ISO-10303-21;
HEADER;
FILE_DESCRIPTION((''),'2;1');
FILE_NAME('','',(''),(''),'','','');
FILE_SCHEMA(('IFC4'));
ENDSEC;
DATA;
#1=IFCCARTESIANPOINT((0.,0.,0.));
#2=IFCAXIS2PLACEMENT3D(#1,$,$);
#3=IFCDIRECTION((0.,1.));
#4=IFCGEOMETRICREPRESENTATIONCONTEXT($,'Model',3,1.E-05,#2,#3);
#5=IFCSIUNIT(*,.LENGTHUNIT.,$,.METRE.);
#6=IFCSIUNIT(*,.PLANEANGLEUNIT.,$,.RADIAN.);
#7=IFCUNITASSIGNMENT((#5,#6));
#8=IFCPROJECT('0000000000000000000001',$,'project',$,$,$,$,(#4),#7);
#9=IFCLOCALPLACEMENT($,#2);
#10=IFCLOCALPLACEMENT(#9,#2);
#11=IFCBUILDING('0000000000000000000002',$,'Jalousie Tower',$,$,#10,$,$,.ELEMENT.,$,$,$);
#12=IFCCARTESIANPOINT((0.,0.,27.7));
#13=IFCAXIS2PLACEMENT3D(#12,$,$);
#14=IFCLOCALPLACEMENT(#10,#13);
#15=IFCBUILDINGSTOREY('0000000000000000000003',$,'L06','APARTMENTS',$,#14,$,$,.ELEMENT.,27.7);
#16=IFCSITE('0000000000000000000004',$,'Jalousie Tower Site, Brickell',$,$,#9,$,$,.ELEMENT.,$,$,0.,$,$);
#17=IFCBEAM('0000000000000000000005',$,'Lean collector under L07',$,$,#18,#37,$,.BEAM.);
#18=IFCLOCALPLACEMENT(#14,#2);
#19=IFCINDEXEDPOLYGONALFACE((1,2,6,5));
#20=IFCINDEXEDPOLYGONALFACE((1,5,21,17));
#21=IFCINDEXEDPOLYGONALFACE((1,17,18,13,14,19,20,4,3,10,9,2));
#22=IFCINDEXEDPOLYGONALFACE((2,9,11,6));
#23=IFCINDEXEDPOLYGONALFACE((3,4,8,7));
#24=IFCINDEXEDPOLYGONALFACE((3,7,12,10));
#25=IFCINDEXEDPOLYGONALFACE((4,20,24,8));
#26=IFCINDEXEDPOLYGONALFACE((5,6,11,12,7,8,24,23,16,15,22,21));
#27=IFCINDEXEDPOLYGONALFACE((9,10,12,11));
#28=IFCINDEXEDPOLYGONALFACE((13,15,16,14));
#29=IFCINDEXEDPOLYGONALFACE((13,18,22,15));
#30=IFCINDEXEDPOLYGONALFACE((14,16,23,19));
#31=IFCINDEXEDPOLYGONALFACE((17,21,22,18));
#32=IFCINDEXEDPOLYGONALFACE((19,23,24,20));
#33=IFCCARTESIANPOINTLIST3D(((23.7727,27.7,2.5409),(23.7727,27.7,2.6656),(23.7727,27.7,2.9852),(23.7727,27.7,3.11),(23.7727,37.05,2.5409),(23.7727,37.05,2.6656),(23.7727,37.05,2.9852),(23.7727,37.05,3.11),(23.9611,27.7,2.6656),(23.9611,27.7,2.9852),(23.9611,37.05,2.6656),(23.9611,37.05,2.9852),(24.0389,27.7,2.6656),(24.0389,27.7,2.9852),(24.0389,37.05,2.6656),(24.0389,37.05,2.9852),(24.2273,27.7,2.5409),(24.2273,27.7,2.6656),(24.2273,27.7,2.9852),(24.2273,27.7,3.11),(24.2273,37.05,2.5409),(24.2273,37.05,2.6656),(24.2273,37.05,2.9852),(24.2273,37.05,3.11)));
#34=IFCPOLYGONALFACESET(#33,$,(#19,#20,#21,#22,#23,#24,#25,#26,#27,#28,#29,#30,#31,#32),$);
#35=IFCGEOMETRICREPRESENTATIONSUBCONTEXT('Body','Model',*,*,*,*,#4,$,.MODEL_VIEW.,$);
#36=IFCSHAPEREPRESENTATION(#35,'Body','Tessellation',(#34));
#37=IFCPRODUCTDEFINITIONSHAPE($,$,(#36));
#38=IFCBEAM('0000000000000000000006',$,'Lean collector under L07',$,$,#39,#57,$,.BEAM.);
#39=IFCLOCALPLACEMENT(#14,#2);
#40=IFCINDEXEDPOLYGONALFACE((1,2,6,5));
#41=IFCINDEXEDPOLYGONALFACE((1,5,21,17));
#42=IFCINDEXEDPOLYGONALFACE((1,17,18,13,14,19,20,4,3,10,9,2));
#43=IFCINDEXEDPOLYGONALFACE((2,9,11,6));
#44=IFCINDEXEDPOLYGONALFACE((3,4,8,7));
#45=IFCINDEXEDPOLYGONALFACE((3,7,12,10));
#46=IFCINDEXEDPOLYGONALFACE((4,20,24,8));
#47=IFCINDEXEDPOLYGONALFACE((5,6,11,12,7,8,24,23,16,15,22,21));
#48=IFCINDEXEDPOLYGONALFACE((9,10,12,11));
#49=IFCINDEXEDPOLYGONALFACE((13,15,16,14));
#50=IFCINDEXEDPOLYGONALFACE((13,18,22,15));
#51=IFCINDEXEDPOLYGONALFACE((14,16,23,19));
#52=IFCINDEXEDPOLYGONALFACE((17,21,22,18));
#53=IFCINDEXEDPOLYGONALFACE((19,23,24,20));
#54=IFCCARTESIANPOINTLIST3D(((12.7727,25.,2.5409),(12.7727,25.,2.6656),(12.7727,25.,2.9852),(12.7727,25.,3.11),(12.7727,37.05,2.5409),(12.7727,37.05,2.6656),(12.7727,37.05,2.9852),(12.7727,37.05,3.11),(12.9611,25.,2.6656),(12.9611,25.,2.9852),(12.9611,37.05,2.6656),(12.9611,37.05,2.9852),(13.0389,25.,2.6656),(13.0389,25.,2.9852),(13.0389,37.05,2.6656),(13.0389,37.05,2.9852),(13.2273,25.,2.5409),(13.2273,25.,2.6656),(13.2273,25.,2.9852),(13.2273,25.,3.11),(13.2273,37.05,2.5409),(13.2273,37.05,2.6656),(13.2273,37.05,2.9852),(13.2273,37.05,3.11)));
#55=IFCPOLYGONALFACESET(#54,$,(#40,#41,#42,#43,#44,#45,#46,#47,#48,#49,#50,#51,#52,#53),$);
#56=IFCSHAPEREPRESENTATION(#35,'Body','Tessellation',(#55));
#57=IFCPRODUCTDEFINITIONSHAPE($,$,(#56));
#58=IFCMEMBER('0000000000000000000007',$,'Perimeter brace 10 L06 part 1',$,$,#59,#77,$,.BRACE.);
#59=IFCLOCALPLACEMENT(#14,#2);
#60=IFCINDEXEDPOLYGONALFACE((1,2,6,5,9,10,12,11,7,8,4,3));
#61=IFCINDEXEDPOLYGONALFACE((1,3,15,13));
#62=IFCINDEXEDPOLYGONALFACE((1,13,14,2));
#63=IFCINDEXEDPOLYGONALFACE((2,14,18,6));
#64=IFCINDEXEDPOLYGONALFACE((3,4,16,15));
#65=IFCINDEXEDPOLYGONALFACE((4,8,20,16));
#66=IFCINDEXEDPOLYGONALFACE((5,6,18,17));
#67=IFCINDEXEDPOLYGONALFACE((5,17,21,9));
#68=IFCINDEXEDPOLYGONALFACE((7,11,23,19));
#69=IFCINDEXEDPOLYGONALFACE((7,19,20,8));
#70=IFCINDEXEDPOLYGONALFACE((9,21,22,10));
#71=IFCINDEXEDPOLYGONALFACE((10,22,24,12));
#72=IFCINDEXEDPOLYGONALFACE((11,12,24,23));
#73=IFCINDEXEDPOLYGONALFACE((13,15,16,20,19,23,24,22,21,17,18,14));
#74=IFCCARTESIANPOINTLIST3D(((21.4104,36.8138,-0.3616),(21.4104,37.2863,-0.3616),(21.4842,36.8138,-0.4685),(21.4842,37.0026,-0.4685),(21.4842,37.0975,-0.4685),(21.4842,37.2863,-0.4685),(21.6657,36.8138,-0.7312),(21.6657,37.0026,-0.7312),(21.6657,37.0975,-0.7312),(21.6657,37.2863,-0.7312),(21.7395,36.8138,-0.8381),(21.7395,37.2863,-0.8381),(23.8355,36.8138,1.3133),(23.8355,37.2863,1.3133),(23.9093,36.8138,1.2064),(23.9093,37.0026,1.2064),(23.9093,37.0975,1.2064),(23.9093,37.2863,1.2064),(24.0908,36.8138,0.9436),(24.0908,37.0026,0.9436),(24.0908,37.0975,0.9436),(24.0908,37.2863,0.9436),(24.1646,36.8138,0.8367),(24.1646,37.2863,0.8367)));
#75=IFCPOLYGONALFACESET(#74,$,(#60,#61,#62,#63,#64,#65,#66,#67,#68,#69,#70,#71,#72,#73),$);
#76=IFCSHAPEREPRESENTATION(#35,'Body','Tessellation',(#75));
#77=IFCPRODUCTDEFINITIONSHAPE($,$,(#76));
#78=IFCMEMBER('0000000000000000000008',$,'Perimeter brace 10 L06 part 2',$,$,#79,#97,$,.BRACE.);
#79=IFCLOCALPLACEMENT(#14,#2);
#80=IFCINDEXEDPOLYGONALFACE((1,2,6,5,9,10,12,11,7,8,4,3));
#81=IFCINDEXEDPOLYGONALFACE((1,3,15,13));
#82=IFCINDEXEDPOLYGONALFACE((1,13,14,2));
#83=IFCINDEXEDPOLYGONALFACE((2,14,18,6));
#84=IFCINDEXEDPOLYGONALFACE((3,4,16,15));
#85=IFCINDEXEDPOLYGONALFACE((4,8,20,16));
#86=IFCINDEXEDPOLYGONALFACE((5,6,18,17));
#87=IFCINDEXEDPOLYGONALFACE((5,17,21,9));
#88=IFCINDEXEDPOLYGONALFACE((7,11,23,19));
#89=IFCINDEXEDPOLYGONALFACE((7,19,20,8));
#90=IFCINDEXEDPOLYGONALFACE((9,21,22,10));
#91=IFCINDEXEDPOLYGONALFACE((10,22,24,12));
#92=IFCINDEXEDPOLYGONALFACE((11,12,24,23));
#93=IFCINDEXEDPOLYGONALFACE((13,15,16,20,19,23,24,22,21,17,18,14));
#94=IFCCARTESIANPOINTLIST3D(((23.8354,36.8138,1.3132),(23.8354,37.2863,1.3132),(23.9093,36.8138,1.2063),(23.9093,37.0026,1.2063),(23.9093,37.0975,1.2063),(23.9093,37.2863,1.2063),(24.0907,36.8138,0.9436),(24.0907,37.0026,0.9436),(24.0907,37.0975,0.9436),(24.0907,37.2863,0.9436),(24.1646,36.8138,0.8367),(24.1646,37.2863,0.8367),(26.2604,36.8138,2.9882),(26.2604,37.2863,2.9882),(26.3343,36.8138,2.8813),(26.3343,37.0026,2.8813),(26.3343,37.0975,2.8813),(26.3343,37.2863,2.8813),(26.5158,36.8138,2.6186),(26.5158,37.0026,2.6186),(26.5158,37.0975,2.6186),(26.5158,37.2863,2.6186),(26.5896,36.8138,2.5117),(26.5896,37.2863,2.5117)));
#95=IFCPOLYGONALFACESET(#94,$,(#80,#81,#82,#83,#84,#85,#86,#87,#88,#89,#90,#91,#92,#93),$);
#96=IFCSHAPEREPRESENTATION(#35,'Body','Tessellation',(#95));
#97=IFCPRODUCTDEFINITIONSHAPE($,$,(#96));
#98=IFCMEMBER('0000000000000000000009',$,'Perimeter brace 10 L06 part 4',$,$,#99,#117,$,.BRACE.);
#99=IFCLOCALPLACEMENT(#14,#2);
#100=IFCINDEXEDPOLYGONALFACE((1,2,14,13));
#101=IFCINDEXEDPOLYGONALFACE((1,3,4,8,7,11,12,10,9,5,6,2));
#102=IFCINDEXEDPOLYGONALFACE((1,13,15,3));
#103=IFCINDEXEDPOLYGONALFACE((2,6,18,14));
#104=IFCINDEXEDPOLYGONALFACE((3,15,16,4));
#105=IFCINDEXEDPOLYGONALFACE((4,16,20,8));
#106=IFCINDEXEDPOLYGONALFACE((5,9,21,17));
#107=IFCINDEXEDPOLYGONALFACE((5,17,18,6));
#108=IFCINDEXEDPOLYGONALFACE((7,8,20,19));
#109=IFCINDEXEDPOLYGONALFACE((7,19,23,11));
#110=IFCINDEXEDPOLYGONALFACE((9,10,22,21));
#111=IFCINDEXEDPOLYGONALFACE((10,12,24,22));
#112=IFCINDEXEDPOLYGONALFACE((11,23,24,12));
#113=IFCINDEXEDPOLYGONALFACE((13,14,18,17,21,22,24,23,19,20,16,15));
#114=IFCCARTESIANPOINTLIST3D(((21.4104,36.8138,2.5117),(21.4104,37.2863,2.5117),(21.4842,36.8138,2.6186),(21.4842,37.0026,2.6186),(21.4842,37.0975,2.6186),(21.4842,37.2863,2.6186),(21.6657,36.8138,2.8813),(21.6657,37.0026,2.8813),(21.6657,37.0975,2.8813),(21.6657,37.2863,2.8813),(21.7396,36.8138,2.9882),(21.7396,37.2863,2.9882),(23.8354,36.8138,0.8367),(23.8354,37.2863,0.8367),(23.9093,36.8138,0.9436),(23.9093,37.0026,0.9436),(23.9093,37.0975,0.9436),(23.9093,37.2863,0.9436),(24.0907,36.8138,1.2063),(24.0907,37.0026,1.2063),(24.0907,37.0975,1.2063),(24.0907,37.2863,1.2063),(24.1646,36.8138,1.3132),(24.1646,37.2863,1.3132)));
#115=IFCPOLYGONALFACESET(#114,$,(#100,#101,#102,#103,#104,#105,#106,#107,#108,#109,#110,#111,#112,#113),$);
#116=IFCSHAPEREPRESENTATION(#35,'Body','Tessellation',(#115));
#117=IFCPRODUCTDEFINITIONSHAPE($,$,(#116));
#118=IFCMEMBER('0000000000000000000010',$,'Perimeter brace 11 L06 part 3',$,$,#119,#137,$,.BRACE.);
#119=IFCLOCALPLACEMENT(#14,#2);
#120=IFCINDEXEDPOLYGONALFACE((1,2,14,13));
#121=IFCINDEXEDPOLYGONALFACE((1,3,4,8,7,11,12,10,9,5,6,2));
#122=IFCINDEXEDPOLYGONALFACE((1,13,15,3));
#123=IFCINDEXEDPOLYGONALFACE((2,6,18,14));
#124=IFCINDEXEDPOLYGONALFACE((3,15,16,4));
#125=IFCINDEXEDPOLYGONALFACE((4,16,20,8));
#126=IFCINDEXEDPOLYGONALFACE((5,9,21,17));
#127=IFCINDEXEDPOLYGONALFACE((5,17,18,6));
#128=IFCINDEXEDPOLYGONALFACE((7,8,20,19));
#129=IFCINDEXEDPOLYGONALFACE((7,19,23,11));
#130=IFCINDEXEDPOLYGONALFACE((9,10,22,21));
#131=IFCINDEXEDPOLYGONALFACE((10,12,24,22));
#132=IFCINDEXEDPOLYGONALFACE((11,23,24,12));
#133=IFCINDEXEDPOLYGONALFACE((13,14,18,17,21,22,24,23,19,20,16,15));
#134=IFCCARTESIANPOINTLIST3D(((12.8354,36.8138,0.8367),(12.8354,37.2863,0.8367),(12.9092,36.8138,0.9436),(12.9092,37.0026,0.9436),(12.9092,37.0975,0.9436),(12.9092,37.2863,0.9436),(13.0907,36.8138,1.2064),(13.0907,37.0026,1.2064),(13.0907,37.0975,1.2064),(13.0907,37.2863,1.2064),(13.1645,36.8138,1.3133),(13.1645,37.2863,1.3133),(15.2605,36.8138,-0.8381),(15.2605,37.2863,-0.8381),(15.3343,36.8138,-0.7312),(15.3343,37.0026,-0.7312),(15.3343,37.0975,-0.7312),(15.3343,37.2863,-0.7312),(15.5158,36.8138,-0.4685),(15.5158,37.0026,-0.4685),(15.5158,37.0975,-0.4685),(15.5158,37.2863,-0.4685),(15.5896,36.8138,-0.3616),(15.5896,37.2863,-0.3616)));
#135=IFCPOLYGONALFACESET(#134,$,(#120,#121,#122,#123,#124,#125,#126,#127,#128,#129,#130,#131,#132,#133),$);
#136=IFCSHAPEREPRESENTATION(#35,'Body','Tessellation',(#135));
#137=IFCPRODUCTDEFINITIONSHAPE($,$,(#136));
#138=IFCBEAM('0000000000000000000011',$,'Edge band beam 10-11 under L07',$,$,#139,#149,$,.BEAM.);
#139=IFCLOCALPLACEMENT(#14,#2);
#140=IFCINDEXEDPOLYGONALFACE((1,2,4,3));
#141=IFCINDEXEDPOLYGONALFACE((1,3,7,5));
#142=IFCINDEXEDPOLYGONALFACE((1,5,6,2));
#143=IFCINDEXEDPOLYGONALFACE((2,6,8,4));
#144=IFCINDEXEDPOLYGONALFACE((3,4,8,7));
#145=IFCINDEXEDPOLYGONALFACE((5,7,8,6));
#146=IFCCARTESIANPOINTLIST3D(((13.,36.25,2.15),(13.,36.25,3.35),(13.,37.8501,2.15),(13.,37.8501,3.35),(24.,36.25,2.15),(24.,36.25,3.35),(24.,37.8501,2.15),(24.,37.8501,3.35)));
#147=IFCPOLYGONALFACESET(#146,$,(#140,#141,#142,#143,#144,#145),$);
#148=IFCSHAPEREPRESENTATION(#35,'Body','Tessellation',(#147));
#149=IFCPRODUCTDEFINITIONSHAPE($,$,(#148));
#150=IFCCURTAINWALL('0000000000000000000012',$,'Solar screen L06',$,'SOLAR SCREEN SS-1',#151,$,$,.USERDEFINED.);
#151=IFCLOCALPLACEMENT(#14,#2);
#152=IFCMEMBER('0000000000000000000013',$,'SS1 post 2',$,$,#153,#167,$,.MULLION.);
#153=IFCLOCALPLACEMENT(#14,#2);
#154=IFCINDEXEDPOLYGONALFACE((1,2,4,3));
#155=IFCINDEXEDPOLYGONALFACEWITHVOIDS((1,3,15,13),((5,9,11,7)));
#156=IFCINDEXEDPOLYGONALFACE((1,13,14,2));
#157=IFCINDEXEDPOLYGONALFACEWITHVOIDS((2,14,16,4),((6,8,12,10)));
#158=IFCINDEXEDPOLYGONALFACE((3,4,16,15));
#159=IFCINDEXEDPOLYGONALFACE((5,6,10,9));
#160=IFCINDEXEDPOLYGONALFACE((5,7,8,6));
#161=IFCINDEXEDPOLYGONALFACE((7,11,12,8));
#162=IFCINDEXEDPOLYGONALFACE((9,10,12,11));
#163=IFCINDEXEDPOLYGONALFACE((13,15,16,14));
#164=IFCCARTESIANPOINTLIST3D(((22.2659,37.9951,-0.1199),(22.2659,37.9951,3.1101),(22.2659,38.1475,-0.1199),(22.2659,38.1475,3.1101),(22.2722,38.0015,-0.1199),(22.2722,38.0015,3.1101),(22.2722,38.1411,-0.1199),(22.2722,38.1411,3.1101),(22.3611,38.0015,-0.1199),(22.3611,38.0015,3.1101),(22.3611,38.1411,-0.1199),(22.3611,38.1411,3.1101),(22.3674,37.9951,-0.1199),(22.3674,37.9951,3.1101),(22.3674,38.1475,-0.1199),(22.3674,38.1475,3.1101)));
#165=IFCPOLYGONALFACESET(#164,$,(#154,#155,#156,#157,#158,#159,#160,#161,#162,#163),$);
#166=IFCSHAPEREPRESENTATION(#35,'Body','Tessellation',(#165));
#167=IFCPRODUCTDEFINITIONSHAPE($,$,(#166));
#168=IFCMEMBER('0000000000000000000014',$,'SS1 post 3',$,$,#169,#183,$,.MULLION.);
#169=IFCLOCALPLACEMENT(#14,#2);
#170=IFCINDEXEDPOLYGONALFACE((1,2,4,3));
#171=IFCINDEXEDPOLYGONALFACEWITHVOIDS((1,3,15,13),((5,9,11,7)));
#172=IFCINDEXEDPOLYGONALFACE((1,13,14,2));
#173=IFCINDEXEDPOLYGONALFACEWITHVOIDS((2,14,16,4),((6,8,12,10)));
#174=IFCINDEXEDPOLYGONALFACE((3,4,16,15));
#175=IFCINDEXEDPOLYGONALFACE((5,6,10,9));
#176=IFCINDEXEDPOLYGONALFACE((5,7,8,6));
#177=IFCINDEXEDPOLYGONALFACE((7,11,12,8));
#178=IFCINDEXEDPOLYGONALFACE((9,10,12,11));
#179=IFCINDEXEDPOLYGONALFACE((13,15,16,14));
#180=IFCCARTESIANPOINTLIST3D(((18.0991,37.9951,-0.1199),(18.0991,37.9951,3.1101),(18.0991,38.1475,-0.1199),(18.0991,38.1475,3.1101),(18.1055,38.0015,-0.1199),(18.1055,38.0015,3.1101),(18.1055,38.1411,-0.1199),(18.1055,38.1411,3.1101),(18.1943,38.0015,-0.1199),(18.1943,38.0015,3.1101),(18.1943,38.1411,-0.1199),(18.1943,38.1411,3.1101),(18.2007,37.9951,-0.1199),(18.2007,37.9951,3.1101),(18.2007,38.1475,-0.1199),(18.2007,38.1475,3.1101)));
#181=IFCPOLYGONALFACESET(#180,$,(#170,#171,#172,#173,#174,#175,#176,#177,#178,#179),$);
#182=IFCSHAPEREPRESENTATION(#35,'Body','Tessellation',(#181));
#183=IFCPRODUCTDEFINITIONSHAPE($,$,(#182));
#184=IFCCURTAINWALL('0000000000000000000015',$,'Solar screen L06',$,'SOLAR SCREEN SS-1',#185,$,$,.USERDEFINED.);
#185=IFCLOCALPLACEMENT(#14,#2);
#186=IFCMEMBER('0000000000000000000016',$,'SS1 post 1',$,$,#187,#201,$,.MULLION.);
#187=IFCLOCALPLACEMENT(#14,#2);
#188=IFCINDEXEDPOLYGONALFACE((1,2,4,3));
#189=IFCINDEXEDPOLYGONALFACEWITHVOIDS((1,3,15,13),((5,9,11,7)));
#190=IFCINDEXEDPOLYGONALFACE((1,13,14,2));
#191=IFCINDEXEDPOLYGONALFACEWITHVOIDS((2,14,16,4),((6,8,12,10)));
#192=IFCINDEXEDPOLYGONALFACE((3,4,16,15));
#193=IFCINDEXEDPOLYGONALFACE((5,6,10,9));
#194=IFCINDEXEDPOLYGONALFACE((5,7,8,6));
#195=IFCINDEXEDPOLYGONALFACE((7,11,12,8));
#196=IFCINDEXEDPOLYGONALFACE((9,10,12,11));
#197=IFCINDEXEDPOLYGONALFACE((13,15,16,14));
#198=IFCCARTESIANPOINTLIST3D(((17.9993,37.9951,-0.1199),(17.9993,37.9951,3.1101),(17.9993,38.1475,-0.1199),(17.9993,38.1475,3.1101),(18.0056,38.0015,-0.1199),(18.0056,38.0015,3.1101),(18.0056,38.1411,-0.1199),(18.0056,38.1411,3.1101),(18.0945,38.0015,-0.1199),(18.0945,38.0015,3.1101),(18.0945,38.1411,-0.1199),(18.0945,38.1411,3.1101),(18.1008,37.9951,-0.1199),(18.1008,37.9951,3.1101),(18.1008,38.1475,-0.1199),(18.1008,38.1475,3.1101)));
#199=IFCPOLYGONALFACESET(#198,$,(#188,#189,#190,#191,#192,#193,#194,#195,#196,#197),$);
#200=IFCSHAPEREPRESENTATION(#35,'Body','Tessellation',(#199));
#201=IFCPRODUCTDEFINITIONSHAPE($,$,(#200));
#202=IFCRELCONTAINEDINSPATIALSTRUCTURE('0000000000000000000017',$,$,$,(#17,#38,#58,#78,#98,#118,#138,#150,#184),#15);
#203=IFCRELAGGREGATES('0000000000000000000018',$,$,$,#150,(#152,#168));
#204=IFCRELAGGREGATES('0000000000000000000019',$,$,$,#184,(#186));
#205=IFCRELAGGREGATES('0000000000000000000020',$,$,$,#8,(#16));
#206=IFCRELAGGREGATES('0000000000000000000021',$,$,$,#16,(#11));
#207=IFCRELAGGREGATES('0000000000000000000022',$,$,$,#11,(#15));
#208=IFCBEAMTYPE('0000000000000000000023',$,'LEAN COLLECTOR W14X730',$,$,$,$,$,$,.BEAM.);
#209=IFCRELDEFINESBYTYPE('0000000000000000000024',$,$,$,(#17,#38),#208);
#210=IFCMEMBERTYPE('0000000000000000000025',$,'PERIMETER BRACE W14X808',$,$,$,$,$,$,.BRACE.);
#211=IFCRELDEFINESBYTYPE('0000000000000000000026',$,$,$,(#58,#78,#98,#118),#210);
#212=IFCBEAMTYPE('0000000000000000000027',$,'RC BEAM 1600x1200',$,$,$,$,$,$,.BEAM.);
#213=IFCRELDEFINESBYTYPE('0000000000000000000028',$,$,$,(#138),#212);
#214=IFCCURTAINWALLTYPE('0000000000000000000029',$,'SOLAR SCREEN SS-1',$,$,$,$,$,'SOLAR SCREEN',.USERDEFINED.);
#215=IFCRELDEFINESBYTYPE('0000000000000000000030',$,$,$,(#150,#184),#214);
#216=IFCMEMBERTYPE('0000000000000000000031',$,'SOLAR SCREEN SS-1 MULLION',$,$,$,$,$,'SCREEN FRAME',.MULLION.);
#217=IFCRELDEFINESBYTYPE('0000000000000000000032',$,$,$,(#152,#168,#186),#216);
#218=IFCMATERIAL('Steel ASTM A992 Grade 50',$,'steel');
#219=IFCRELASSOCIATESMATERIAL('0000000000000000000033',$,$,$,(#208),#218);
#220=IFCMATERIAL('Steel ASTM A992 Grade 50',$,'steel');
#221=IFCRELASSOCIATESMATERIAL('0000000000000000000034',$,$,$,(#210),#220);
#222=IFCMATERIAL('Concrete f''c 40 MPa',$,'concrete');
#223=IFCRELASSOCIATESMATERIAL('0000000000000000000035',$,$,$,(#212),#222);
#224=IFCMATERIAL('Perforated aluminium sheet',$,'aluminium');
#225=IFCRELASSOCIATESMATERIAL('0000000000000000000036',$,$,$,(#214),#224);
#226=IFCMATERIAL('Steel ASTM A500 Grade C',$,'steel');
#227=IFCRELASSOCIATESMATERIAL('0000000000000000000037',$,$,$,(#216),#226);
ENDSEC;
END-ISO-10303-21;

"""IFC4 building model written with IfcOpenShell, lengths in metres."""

from ifc_helpers import new_model, si_unit, direction, frame, origin, origin_2d, place, context, subcontext, project, spatial, rectangle, hollow_rectangle, i_section, extrude, material, material_profile, profile_set, type_object, element, aggregate, save


model = new_model("IFC4")

# Units and contexts
model_context = context("Model", 3, precision=1e-05, world=origin(), true_north=direction((0.0, 1.0)))
body_context = subcontext(model_context, "Body", "Model", "MODEL_VIEW")
ifc_project = project(units=[si_unit("LENGTHUNIT", "METRE"), si_unit("PLANEANGLEUNIT", "RADIAN")], contexts=[model_context])

# Site, building, storey
site_placement = place(None, origin())
site = spatial("IfcSite", under=ifc_project, at=site_placement, Name="Jalousie Tower Site, Brickell", CompositionType="ELEMENT", RefElevation=0.0)
building_placement = place(site_placement, origin())
building = spatial("IfcBuilding", under=site, at=building_placement, Name="Jalousie Tower", CompositionType="ELEMENT")
storey_placement = place(building_placement, frame((0.0, 0.0, 27.7)))
storey = spatial("IfcBuildingStorey", under=building, at=storey_placement, Name="L06", Description="APARTMENTS", CompositionType="ELEMENT", Elevation=27.7)

# Beams
ifc_material_1 = material(Name="Steel ASTM A992 Grade 50", Category="steel")
ifc_material_profile_1 = material_profile(ifc_material_1, i_section(OverallWidth=0.4546, OverallDepth=0.5691, WebThickness=0.0779, FlangeThickness=0.1248, at=origin_2d()), Name="W14X730")
ifc_profile_set_1 = profile_set([ifc_material_profile_1], Name="Steel ASTM A992 Grade 50")
beam_type_1 = type_object("IfcBeamType", Name="LEAN COLLECTOR W14X730", PredefinedType="BEAM", material=ifc_profile_set_1)
beam_1_placement = place(storey_placement, frame((24.0, 37.05, 2.8254), z_axis=(0.0, -1.0, 0.0), x_axis=(1.0, 0.0, 0.0)))
element("IfcBeam", 1, at=beam_1_placement, inside=storey, type_object=beam_type_1, Name="Lean collector under L07", PredefinedType="BEAM", context=body_context, shape_type="SweptSolid", body=[
    extrude(i_section(OverallWidth=0.4546, OverallDepth=0.5691, WebThickness=0.0779, FlangeThickness=0.1248, at=origin_2d()), origin(), (0.0, 0.0, 1.0), 9.3501),
])
beam_2_placement = place(storey_placement, frame((13.0, 37.05, 2.8254), z_axis=(0.0, -1.0, 0.0), x_axis=(1.0, 0.0, 0.0)))
element("IfcBeam", 2, at=beam_2_placement, inside=storey, type_object=beam_type_1, Name="Lean collector under L07", PredefinedType="BEAM", context=body_context, shape_type="SweptSolid", body=[
    extrude(i_section(OverallWidth=0.4546, OverallDepth=0.5691, WebThickness=0.0779, FlangeThickness=0.1248, at=origin_2d()), origin(), (0.0, 0.0, 1.0), 12.05),
])

# Members
ifc_material_2 = material(Name="Steel ASTM A992 Grade 50", Category="steel")
ifc_material_profile_2 = material_profile(ifc_material_2, i_section(OverallWidth=0.4724, OverallDepth=0.5791, WebThickness=0.095, FlangeThickness=0.1299, at=origin_2d()), Name="W14X808")
ifc_profile_set_2 = profile_set([ifc_material_profile_2], Name="Steel ASTM A992 Grade 50")
member_type_1 = type_object("IfcMemberType", Name="PERIMETER BRACE W14X808", PredefinedType="BRACE", material=ifc_profile_set_2)
for number, where, z_axis, x_axis, name in (
    (3, (21.575, 37.05, -0.5999), (0.822839, 0.0, 0.568275), (0.0, 1.0, 0.0), "Perimeter brace 10 L06 part 1"),
    (4, (24.0, 37.05, 1.075), (0.8228, 0.0, 0.568331), (0.0, 1.0, 0.0), "Perimeter brace 10 L06 part 2"),
    (5, (24.0, 37.05, 1.075), (-0.8228, 0.0, 0.568331), (0.0, -1.0, 0.0), "Perimeter brace 10 L06 part 4"),
    (6, (15.425, 37.05, -0.5999), (-0.822839, 0.0, 0.568275), (0.0, -1.0, 0.0), "Perimeter brace 11 L06 part 3"),
):
    element("IfcMember", number, at=place(storey_placement, frame(where, z_axis=z_axis, x_axis=x_axis)), inside=storey, type_object=member_type_1, Name=name, PredefinedType="BRACE", context=body_context, shape_type="SweptSolid", body=[
        extrude(i_section(OverallWidth=0.4724, OverallDepth=0.5791, WebThickness=0.095, FlangeThickness=0.1299, at=origin_2d()), origin(), (0.0, 0.0, 1.0), 2.9473),
    ])

# Beam
ifc_material_3 = material(Name="Concrete f'c 40 MPa", Category="concrete")
ifc_material_profile_3 = material_profile(ifc_material_3, rectangle(XDim=1.6001, YDim=1.2, at=origin_2d()), Name="RC 1600x1200")
ifc_profile_set_3 = profile_set([ifc_material_profile_3], Name="Concrete f'c 40 MPa")
beam_type_2 = type_object("IfcBeamType", Name="RC BEAM 1600x1200", PredefinedType="BEAM", material=ifc_profile_set_3)
beam_3_placement = place(storey_placement, frame((24.0, 37.05, 2.75), z_axis=(-1.0, 0.0, 0.0), x_axis=(0.0, -1.0, 0.0)))
element("IfcBeam", 7, at=beam_3_placement, inside=storey, type_object=beam_type_2, Name="Edge band beam 10-11 under L07", PredefinedType="BEAM", context=body_context, shape_type="SweptSolid", body=[
    extrude(rectangle(XDim=1.6001, YDim=1.2, at=origin_2d()), origin(), (0.0, 0.0, 1.0), 11.0),
])

# Curtain walls, members
ifc_material_4 = material(Name="Perforated aluminium sheet", Category="aluminium")
curtain_wall_type = type_object("IfcCurtainWallType", Name="SOLAR SCREEN SS-1", ElementType="SOLAR SCREEN", PredefinedType="USERDEFINED", material=ifc_material_4)
curtain_wall_1_placement = place(storey_placement, origin())
curtain_wall_1 = element("IfcCurtainWall", 8, at=curtain_wall_1_placement, inside=storey, type_object=curtain_wall_type, Name="Solar screen L06", ObjectType="SOLAR SCREEN SS-1", PredefinedType="USERDEFINED")
ifc_material_5 = material(Name="Steel ASTM A500 Grade C", Category="steel")
ifc_material_profile_4 = material_profile(ifc_material_5, hollow_rectangle(XDim=0.1016, YDim=0.1523, WallThickness=0.0063, at=origin_2d()), Name="HSS6X4X1/4")
ifc_profile_set_4 = profile_set([ifc_material_profile_4], Name="Steel ASTM A500 Grade C")
member_type_2 = type_object("IfcMemberType", Name="SOLAR SCREEN SS-1 MULLION", ElementType="SCREEN FRAME", PredefinedType="MULLION", material=ifc_profile_set_4)
member_1_placement = place(storey_placement, frame((22.3167, 38.0713, -0.1199), z_axis=(0.0, 0.0, 1.0), x_axis=(-1.0, 0.0, 0.0)))
member_1 = element("IfcMember", 9, at=member_1_placement, type_object=member_type_2, Name="SS1 post 2", PredefinedType="MULLION", context=body_context, shape_type="SweptSolid", body=[
    extrude(hollow_rectangle(XDim=0.1016, YDim=0.1523, WallThickness=0.0063, at=origin_2d()), origin(), (0.0, 0.0, 1.0), 3.23),
])
member_2_placement = place(storey_placement, frame((18.1499, 38.0713, -0.1199), z_axis=(0.0, 0.0, 1.0), x_axis=(-1.0, 0.0, 0.0)))
member_2 = element("IfcMember", 10, at=member_2_placement, type_object=member_type_2, Name="SS1 post 3", PredefinedType="MULLION", context=body_context, shape_type="SweptSolid", body=[
    extrude(hollow_rectangle(XDim=0.1016, YDim=0.1523, WallThickness=0.0063, at=origin_2d()), origin(), (0.0, 0.0, 1.0), 3.23),
])
curtain_wall_2_placement = place(storey_placement, origin())
curtain_wall_2 = element("IfcCurtainWall", 11, at=curtain_wall_2_placement, inside=storey, type_object=curtain_wall_type, Name="Solar screen L06", ObjectType="SOLAR SCREEN SS-1", PredefinedType="USERDEFINED")
member_3_placement = place(storey_placement, frame((18.05, 38.0713, -0.1199), z_axis=(0.0, 0.0, 1.0), x_axis=(-1.0, 0.0, 0.0)))
member_3 = element("IfcMember", 12, at=member_3_placement, type_object=member_type_2, Name="SS1 post 1", PredefinedType="MULLION", context=body_context, shape_type="SweptSolid", body=[
    extrude(hollow_rectangle(XDim=0.1016, YDim=0.1523, WallThickness=0.0063, at=origin_2d()), origin(), (0.0, 0.0, 1.0), 3.23),
])

aggregate(curtain_wall_1, [member_1, member_2])
aggregate(curtain_wall_2, [member_3])

save(model, "model.ifc")
